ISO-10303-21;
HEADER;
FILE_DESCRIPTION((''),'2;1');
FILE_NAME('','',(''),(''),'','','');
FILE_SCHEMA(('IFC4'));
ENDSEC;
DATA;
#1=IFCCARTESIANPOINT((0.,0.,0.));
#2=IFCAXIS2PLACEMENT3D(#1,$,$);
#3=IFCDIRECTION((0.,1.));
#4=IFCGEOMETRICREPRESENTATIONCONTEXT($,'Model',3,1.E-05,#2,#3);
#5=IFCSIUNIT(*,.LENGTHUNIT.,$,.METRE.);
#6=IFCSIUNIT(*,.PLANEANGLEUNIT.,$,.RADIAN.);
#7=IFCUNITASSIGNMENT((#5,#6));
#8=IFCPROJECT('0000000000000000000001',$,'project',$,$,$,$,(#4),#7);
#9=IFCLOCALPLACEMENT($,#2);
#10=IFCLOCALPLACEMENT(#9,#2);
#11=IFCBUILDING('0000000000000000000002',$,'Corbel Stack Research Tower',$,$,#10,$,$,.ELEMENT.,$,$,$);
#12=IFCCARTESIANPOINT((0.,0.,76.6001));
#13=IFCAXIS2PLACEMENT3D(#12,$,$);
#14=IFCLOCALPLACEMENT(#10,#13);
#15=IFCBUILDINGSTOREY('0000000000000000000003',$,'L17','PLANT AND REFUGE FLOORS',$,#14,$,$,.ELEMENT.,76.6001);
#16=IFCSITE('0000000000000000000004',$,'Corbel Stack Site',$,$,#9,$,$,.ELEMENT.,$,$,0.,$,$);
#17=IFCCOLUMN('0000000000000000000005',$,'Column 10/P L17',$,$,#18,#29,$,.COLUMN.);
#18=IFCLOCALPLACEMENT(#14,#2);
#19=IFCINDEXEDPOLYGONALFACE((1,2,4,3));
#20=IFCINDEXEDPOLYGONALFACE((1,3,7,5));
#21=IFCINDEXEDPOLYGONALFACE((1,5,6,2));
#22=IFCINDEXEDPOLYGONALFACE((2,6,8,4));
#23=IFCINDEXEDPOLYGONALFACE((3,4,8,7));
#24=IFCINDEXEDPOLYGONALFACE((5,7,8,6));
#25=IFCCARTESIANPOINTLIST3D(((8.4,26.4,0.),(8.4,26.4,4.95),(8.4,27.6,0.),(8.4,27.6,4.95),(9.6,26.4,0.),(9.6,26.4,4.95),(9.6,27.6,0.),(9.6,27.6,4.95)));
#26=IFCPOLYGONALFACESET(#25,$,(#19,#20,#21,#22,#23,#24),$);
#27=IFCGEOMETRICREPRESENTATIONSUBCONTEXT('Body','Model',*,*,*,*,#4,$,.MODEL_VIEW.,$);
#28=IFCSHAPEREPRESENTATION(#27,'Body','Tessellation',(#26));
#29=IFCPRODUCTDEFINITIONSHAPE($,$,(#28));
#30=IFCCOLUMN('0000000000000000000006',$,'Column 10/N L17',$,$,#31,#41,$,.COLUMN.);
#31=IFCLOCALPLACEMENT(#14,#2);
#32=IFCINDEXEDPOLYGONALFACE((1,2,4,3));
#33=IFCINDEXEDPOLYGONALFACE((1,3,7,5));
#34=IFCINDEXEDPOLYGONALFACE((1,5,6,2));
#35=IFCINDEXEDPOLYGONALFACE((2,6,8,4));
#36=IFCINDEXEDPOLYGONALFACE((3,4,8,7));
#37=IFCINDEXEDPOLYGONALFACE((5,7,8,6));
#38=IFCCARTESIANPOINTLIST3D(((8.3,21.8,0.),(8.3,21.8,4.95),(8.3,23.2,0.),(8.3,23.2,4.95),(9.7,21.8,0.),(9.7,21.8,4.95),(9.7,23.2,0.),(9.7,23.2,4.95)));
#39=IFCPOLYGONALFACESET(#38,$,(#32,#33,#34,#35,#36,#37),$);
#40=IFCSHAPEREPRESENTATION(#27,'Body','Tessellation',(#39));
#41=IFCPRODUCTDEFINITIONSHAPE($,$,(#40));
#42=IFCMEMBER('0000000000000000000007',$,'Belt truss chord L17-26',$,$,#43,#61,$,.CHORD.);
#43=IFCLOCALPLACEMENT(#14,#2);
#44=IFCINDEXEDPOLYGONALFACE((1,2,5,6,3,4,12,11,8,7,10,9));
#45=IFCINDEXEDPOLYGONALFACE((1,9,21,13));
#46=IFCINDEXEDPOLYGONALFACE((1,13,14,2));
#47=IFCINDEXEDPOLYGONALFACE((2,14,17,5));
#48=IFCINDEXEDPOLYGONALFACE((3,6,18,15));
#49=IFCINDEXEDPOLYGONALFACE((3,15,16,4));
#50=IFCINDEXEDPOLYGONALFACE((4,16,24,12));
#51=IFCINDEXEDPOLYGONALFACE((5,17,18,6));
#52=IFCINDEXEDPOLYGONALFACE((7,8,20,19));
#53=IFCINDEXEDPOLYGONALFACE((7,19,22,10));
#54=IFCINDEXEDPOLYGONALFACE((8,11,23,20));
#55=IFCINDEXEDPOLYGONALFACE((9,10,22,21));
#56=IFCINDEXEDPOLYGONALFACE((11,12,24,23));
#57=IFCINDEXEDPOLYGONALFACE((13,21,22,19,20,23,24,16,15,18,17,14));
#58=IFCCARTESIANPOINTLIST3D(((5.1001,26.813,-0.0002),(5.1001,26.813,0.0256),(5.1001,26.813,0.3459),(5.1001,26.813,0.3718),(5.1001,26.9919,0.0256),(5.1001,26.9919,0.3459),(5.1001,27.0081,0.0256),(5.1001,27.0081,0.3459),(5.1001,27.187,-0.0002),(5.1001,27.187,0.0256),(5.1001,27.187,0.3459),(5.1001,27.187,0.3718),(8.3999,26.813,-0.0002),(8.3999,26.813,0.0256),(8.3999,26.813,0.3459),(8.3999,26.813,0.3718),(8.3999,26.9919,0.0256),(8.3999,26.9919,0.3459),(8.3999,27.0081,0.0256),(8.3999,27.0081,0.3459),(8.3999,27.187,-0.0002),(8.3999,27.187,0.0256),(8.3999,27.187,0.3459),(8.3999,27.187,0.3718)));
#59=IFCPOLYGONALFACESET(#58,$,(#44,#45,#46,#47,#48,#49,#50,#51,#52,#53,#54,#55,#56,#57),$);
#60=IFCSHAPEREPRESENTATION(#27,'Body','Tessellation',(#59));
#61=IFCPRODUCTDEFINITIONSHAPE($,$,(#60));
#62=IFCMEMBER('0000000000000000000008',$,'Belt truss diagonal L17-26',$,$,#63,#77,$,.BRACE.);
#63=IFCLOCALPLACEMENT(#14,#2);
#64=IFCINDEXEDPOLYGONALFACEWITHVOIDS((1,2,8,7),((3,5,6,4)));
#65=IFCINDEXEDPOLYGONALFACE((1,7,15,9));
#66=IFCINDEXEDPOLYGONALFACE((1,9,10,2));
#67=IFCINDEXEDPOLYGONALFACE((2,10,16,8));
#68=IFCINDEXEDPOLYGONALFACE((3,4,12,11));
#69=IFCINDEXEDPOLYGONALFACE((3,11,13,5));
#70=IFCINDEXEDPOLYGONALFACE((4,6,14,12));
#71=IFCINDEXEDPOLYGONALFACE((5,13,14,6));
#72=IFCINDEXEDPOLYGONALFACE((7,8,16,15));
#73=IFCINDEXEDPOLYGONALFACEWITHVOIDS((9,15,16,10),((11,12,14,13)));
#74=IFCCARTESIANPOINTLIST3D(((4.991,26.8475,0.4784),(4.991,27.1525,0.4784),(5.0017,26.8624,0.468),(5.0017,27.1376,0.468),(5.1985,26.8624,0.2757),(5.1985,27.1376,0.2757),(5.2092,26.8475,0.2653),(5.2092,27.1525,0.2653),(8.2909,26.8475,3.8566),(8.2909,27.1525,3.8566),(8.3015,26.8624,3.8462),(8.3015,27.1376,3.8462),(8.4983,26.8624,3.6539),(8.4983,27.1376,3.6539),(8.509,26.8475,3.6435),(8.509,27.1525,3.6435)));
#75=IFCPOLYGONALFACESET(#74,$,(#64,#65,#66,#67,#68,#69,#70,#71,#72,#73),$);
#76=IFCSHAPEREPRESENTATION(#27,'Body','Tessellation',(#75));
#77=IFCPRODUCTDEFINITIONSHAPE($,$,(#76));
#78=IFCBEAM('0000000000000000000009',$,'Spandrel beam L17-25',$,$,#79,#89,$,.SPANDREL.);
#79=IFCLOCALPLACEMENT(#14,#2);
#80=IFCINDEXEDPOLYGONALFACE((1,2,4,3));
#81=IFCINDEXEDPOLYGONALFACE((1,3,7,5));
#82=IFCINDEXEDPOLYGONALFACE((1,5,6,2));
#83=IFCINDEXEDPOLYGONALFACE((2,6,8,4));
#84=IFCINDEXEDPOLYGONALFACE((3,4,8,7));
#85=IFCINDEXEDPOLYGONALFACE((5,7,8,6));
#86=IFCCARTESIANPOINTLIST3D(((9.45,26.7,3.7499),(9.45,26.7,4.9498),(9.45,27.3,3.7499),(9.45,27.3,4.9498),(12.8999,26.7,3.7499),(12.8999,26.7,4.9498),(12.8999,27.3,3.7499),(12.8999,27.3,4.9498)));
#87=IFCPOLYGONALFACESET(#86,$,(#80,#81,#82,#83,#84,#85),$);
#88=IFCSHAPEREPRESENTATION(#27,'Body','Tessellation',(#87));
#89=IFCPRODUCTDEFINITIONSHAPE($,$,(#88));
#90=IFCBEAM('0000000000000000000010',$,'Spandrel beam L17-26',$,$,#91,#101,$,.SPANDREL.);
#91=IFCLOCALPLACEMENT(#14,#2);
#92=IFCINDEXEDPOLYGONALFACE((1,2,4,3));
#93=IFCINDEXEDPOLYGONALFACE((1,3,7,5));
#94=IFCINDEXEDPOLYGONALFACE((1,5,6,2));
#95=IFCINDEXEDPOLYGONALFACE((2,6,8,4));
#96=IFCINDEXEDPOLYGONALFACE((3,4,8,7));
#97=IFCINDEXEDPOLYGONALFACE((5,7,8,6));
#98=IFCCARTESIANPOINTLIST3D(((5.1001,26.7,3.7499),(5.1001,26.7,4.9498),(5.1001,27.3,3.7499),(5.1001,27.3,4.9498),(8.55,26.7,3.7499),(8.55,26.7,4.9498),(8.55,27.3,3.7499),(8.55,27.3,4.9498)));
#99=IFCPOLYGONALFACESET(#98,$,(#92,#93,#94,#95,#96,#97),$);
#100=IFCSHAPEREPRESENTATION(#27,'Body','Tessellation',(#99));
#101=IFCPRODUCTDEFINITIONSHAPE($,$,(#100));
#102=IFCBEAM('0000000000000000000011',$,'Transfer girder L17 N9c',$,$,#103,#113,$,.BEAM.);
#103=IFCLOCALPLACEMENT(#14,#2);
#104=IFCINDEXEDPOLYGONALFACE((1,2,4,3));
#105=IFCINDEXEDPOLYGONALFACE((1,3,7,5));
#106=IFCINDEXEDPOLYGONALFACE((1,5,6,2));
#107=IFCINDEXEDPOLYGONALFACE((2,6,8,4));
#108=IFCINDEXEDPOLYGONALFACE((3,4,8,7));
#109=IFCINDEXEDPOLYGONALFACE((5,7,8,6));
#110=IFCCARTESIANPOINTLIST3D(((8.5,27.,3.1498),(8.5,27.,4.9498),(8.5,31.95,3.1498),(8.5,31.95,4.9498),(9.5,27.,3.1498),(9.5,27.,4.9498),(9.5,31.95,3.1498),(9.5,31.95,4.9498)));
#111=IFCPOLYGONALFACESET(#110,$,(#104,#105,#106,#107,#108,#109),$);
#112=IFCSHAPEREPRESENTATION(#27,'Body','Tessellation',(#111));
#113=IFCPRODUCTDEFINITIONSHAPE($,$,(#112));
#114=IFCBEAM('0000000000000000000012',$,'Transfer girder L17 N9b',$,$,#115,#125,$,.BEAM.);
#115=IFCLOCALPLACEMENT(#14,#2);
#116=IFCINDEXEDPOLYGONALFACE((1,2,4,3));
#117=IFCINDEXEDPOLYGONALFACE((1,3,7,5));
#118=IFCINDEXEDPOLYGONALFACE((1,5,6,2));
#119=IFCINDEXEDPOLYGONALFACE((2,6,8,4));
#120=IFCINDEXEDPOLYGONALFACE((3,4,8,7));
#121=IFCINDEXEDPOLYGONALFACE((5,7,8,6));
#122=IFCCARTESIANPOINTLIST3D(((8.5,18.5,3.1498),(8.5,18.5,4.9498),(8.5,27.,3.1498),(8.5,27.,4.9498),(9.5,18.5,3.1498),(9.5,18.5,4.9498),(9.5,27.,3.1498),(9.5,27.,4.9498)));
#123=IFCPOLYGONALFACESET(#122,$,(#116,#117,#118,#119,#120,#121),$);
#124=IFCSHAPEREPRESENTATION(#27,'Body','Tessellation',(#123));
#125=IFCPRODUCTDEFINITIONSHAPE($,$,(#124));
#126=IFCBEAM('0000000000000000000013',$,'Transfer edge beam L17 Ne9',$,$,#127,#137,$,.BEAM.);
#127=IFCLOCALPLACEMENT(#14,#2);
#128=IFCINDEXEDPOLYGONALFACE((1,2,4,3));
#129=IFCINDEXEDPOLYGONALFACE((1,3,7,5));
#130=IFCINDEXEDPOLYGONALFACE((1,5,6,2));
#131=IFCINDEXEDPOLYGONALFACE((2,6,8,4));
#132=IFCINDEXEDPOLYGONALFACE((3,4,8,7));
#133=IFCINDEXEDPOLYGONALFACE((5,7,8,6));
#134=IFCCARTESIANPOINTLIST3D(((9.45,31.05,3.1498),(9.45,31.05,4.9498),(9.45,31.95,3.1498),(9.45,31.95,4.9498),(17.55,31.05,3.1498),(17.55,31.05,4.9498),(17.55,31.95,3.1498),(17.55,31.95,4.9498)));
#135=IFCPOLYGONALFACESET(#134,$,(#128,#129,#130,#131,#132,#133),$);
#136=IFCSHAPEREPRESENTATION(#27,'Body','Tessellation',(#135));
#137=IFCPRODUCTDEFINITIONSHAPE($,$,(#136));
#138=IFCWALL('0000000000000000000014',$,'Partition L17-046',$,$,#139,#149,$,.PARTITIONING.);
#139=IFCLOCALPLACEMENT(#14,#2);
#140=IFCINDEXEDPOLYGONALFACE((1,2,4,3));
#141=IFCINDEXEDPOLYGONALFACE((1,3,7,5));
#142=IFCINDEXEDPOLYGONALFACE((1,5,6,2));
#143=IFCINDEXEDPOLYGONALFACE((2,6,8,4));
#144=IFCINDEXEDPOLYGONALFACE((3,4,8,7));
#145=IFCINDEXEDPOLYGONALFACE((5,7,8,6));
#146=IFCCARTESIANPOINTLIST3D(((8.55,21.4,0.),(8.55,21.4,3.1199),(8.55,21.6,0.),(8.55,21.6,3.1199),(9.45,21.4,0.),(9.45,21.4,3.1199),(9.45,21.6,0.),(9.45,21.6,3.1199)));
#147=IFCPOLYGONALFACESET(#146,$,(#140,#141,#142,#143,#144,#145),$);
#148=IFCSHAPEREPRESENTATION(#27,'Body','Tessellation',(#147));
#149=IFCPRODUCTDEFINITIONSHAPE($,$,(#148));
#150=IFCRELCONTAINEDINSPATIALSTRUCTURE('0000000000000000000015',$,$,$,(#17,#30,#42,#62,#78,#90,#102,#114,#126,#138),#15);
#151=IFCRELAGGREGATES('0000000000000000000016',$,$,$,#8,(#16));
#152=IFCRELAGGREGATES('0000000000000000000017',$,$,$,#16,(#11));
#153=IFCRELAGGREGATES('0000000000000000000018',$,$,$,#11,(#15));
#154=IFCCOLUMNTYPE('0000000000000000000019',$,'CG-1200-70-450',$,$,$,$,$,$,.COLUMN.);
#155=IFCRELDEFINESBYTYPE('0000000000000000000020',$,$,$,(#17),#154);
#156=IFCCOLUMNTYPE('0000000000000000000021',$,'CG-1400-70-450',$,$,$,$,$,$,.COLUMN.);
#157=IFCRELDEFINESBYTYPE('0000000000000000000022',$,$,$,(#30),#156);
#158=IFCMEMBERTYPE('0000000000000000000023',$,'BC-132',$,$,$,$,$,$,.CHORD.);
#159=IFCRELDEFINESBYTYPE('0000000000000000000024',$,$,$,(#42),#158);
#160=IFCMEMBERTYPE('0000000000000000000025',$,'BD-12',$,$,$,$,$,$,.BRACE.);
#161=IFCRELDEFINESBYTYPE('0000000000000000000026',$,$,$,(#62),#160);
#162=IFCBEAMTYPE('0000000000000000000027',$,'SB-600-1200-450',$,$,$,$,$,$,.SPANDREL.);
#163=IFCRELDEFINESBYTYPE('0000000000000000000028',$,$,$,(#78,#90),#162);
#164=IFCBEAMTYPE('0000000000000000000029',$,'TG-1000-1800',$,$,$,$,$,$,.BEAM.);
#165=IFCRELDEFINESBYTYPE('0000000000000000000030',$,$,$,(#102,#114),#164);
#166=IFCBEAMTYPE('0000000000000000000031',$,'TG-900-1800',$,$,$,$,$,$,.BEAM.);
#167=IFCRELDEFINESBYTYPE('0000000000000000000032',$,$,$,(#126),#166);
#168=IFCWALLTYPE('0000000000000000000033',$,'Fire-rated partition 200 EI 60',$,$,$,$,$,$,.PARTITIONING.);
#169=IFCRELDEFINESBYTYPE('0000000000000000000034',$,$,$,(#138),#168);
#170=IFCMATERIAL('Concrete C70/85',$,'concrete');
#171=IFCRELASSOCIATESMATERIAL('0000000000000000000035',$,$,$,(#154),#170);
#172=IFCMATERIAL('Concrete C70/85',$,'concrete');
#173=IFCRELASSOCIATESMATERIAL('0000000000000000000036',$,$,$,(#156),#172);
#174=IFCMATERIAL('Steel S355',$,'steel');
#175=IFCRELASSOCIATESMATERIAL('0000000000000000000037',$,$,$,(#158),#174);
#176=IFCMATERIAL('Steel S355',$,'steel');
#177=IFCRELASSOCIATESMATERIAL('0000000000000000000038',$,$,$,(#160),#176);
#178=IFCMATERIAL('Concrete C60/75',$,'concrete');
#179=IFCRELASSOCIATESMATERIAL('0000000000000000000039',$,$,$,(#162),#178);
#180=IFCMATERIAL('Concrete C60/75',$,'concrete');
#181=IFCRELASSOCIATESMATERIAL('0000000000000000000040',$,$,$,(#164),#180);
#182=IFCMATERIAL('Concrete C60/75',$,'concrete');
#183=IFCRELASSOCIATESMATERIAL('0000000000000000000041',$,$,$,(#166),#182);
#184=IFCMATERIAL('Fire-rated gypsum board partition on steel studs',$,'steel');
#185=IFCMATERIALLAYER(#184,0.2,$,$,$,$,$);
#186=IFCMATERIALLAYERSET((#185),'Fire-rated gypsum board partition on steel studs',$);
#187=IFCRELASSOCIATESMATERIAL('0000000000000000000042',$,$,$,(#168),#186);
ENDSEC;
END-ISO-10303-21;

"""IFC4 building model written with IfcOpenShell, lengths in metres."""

from ifc_helpers import new_model, si_unit, direction, frame, frame_2d, origin, origin_2d, place, context, subcontext, project, spatial, rectangle, hollow_rectangle, i_section, extrude, material, layer, layer_set, material_profile, profile_set, type_object, element, save


model = new_model("IFC4")

# Units and contexts
model_context = context("Model", 3, precision=1e-05, world=origin(), true_north=direction((0.0, 1.0)))
body_context = subcontext(model_context, "Body", "Model", "MODEL_VIEW")
ifc_project = project(units=[si_unit("LENGTHUNIT", "METRE"), si_unit("PLANEANGLEUNIT", "RADIAN")], contexts=[model_context])

# Site, building, storey
site_placement = place(None, origin())
site = spatial("IfcSite", under=ifc_project, at=site_placement, Name="Corbel Stack Site", CompositionType="ELEMENT", RefElevation=0.0)
building_placement = place(site_placement, origin())
building = spatial("IfcBuilding", under=site, at=building_placement, Name="Corbel Stack Research Tower", CompositionType="ELEMENT")
storey_placement = place(building_placement, frame((0.0, 0.0, 76.6001)))
storey = spatial("IfcBuildingStorey", under=building, at=storey_placement, Name="L17", Description="PLANT AND REFUGE FLOORS", CompositionType="ELEMENT", Elevation=76.6001)

# Columns
ifc_material_1 = material(Name="Concrete C70/85", Category="concrete")
ifc_material_profile_1 = material_profile(ifc_material_1, rectangle(XDim=1.2, YDim=1.2, at=origin_2d()), Name="RC 1200 x 1200")
ifc_profile_set_1 = profile_set([ifc_material_profile_1], Name="Concrete C70/85")
column_type_1 = type_object("IfcColumnType", Name="CG-1200-70-450", PredefinedType="COLUMN", material=ifc_profile_set_1)
column_1_placement = place(storey_placement, frame((9.0, 27.0, 0.0), z_axis=(0.0, 0.0, 1.0), x_axis=(1.0, 0.0, 0.0)))
element("IfcColumn", 1, at=column_1_placement, inside=storey, type_object=column_type_1, Name="Column 10/P L17", PredefinedType="COLUMN", context=body_context, shape_type="SweptSolid", body=[
    extrude(rectangle(XDim=1.2, YDim=1.2, at=origin_2d()), origin(), (0.0, 0.0, 1.0), 4.95),
])
ifc_material_2 = material(Name="Concrete C70/85", Category="concrete")
ifc_material_profile_2 = material_profile(ifc_material_2, rectangle(XDim=1.3999, YDim=1.3999, at=origin_2d()), Name="RC 1400 x 1400")
ifc_profile_set_2 = profile_set([ifc_material_profile_2], Name="Concrete C70/85")
column_type_2 = type_object("IfcColumnType", Name="CG-1400-70-450", PredefinedType="COLUMN", material=ifc_profile_set_2)
column_2_placement = place(storey_placement, frame((9.0, 22.5, 0.0), z_axis=(0.0, 0.0, 1.0), x_axis=(1.0, 0.0, 0.0)))
element("IfcColumn", 2, at=column_2_placement, inside=storey, type_object=column_type_2, Name="Column 10/N L17", PredefinedType="COLUMN", context=body_context, shape_type="SweptSolid", body=[
    extrude(rectangle(XDim=1.3999, YDim=1.3999, at=origin_2d()), origin(), (0.0, 0.0, 1.0), 4.95),
])

# Members
ifc_material_3 = material(Name="Steel S355", Category="steel")
ifc_material_profile_3 = material_profile(ifc_material_3, i_section(OverallWidth=0.374, OverallDepth=0.3721, WebThickness=0.0161, FlangeThickness=0.0259, at=origin_2d()), Name="W14x132")
ifc_profile_set_3 = profile_set([ifc_material_profile_3], Name="Steel S355")
member_type_1 = type_object("IfcMemberType", Name="BC-132", PredefinedType="CHORD", material=ifc_profile_set_3)
member_1_placement = place(storey_placement, frame((8.3999, 27.0, 0.1858), z_axis=(-1.0, 0.0, 0.0), x_axis=(0.0, -1.0, 0.0)))
element("IfcMember", 3, at=member_1_placement, inside=storey, type_object=member_type_1, Name="Belt truss chord L17-26", PredefinedType="CHORD", context=body_context, shape_type="SweptSolid", body=[
    extrude(i_section(OverallWidth=0.374, OverallDepth=0.3721, WebThickness=0.0161, FlangeThickness=0.0259, at=origin_2d()), origin(), (0.0, 0.0, 1.0), 3.2998),
])
ifc_material_4 = material(Name="Steel S355", Category="steel")
ifc_material_profile_4 = material_profile(ifc_material_4, hollow_rectangle(XDim=0.3049, YDim=0.3049, WallThickness=0.0149, at=origin_2d()), Name="HSS12x12x5/8")
ifc_profile_set_4 = profile_set([ifc_material_profile_4], Name="Steel S355")
member_type_2 = type_object("IfcMemberType", Name="BD-12", PredefinedType="BRACE", material=ifc_profile_set_4)
member_2_placement = place(storey_placement, frame((5.1001, 27.0, 0.3718), z_axis=(0.69876, 0.0, 0.715356), x_axis=(0.0, 1.0, 0.0)))
element("IfcMember", 4, at=member_2_placement, inside=storey, type_object=member_type_2, Name="Belt truss diagonal L17-26", PredefinedType="BRACE", context=body_context, shape_type="SweptSolid", body=[
    extrude(hollow_rectangle(XDim=0.3049, YDim=0.3049, WallThickness=0.0149, at=origin_2d()), origin(), (0.0, 0.0, 1.0), 4.7224),
])

# Beams
ifc_material_5 = material(Name="Concrete C60/75", Category="concrete")
ifc_material_profile_5 = material_profile(ifc_material_5, rectangle(XDim=0.6001, YDim=1.2, at=origin_2d()), Name="RC 600 x 1200")
ifc_profile_set_5 = profile_set([ifc_material_profile_5], Name="Concrete C60/75")
beam_type_1 = type_object("IfcBeamType", Name="SB-600-1200-450", PredefinedType="SPANDREL", material=ifc_profile_set_5)
for number, where, z_axis, x_axis, name in (
    (5, (12.8999, 27.0, 4.3499), (-1.0, 0.0, 0.0), (0.0, -1.0, 0.0), "Spandrel beam L17-25"),
    (6, (8.55, 27.0, 4.3499), (-1.0, 0.0, 0.0), (0.0, -1.0, 0.0), "Spandrel beam L17-26"),
):
    element("IfcBeam", number, at=place(storey_placement, frame(where, z_axis=z_axis, x_axis=x_axis)), inside=storey, type_object=beam_type_1, Name=name, PredefinedType="SPANDREL", context=body_context, shape_type="SweptSolid", body=[
        extrude(rectangle(XDim=0.6001, YDim=1.2, at=origin_2d()), origin(), (0.0, 0.0, 1.0), 3.45),
    ])
ifc_material_6 = material(Name="Concrete C60/75", Category="concrete")
ifc_material_profile_6 = material_profile(ifc_material_6, rectangle(XDim=1.0, YDim=1.8, at=origin_2d()), Name="RC 1000 x 1800")
ifc_profile_set_6 = profile_set([ifc_material_profile_6], Name="Concrete C60/75")
beam_type_2 = type_object("IfcBeamType", Name="TG-1000-1800", PredefinedType="BEAM", material=ifc_profile_set_6)
beam_1_placement = place(storey_placement, frame((9.0, 31.95, 4.0498), z_axis=(0.0, -1.0, 0.0), x_axis=(1.0, 0.0, 0.0)))
element("IfcBeam", 7, at=beam_1_placement, inside=storey, type_object=beam_type_2, Name="Transfer girder L17 N9c", PredefinedType="BEAM", context=body_context, shape_type="SweptSolid", body=[
    extrude(rectangle(XDim=1.0, YDim=1.8, at=origin_2d()), origin(), (0.0, 0.0, 1.0), 4.95),
])
beam_2_placement = place(storey_placement, frame((9.0, 27.0, 4.0498), z_axis=(0.0, -1.0, 0.0), x_axis=(1.0, 0.0, 0.0)))
element("IfcBeam", 8, at=beam_2_placement, inside=storey, type_object=beam_type_2, Name="Transfer girder L17 N9b", PredefinedType="BEAM", context=body_context, shape_type="SweptSolid", body=[
    extrude(rectangle(XDim=1.0, YDim=1.8, at=origin_2d()), origin(), (0.0, 0.0, 1.0), 8.5),
])
ifc_material_7 = material(Name="Concrete C60/75", Category="concrete")
ifc_material_profile_7 = material_profile(ifc_material_7, rectangle(XDim=0.8999, YDim=1.8, at=origin_2d()), Name="RC 900 x 1800")
ifc_profile_set_7 = profile_set([ifc_material_profile_7], Name="Concrete C60/75")
beam_type_3 = type_object("IfcBeamType", Name="TG-900-1800", PredefinedType="BEAM", material=ifc_profile_set_7)
beam_3_placement = place(storey_placement, frame((9.45, 31.5, 4.0498), z_axis=(1.0, 0.0, 0.0), x_axis=(0.0, 1.0, 0.0)))
element("IfcBeam", 9, at=beam_3_placement, inside=storey, type_object=beam_type_3, Name="Transfer edge beam L17 Ne9", PredefinedType="BEAM", context=body_context, shape_type="SweptSolid", body=[
    extrude(rectangle(XDim=0.8999, YDim=1.8, at=origin_2d()), origin(), (0.0, 0.0, 1.0), 8.1001),
])

# Wall
ifc_material_8 = material(Name="Fire-rated gypsum board partition on steel studs", Category="steel")
ifc_layer_1 = layer(ifc_material_8, 0.2)
ifc_layer_set_1 = layer_set([ifc_layer_1], Name="Fire-rated gypsum board partition on steel studs")
wall_type_1 = type_object("IfcWallType", Name="Fire-rated partition 200 EI 60", PredefinedType="PARTITIONING", material=ifc_layer_set_1)
wall_1_placement = place(storey_placement, frame((8.55, 21.5, 0.0), z_axis=(0.0, 0.0, 1.0), x_axis=(1.0, 0.0, 0.0)))
element("IfcWall", 10, at=wall_1_placement, inside=storey, type_object=wall_type_1, Name="Partition L17-046", PredefinedType="PARTITIONING", context=body_context, shape_type="SweptSolid", body=[
    extrude(rectangle(XDim=0.8999, YDim=0.2, at=frame_2d((0.45, 0.0))), origin(), (0.0, 0.0, 1.0), 3.1199),
])

save(model, "model.ifc")
